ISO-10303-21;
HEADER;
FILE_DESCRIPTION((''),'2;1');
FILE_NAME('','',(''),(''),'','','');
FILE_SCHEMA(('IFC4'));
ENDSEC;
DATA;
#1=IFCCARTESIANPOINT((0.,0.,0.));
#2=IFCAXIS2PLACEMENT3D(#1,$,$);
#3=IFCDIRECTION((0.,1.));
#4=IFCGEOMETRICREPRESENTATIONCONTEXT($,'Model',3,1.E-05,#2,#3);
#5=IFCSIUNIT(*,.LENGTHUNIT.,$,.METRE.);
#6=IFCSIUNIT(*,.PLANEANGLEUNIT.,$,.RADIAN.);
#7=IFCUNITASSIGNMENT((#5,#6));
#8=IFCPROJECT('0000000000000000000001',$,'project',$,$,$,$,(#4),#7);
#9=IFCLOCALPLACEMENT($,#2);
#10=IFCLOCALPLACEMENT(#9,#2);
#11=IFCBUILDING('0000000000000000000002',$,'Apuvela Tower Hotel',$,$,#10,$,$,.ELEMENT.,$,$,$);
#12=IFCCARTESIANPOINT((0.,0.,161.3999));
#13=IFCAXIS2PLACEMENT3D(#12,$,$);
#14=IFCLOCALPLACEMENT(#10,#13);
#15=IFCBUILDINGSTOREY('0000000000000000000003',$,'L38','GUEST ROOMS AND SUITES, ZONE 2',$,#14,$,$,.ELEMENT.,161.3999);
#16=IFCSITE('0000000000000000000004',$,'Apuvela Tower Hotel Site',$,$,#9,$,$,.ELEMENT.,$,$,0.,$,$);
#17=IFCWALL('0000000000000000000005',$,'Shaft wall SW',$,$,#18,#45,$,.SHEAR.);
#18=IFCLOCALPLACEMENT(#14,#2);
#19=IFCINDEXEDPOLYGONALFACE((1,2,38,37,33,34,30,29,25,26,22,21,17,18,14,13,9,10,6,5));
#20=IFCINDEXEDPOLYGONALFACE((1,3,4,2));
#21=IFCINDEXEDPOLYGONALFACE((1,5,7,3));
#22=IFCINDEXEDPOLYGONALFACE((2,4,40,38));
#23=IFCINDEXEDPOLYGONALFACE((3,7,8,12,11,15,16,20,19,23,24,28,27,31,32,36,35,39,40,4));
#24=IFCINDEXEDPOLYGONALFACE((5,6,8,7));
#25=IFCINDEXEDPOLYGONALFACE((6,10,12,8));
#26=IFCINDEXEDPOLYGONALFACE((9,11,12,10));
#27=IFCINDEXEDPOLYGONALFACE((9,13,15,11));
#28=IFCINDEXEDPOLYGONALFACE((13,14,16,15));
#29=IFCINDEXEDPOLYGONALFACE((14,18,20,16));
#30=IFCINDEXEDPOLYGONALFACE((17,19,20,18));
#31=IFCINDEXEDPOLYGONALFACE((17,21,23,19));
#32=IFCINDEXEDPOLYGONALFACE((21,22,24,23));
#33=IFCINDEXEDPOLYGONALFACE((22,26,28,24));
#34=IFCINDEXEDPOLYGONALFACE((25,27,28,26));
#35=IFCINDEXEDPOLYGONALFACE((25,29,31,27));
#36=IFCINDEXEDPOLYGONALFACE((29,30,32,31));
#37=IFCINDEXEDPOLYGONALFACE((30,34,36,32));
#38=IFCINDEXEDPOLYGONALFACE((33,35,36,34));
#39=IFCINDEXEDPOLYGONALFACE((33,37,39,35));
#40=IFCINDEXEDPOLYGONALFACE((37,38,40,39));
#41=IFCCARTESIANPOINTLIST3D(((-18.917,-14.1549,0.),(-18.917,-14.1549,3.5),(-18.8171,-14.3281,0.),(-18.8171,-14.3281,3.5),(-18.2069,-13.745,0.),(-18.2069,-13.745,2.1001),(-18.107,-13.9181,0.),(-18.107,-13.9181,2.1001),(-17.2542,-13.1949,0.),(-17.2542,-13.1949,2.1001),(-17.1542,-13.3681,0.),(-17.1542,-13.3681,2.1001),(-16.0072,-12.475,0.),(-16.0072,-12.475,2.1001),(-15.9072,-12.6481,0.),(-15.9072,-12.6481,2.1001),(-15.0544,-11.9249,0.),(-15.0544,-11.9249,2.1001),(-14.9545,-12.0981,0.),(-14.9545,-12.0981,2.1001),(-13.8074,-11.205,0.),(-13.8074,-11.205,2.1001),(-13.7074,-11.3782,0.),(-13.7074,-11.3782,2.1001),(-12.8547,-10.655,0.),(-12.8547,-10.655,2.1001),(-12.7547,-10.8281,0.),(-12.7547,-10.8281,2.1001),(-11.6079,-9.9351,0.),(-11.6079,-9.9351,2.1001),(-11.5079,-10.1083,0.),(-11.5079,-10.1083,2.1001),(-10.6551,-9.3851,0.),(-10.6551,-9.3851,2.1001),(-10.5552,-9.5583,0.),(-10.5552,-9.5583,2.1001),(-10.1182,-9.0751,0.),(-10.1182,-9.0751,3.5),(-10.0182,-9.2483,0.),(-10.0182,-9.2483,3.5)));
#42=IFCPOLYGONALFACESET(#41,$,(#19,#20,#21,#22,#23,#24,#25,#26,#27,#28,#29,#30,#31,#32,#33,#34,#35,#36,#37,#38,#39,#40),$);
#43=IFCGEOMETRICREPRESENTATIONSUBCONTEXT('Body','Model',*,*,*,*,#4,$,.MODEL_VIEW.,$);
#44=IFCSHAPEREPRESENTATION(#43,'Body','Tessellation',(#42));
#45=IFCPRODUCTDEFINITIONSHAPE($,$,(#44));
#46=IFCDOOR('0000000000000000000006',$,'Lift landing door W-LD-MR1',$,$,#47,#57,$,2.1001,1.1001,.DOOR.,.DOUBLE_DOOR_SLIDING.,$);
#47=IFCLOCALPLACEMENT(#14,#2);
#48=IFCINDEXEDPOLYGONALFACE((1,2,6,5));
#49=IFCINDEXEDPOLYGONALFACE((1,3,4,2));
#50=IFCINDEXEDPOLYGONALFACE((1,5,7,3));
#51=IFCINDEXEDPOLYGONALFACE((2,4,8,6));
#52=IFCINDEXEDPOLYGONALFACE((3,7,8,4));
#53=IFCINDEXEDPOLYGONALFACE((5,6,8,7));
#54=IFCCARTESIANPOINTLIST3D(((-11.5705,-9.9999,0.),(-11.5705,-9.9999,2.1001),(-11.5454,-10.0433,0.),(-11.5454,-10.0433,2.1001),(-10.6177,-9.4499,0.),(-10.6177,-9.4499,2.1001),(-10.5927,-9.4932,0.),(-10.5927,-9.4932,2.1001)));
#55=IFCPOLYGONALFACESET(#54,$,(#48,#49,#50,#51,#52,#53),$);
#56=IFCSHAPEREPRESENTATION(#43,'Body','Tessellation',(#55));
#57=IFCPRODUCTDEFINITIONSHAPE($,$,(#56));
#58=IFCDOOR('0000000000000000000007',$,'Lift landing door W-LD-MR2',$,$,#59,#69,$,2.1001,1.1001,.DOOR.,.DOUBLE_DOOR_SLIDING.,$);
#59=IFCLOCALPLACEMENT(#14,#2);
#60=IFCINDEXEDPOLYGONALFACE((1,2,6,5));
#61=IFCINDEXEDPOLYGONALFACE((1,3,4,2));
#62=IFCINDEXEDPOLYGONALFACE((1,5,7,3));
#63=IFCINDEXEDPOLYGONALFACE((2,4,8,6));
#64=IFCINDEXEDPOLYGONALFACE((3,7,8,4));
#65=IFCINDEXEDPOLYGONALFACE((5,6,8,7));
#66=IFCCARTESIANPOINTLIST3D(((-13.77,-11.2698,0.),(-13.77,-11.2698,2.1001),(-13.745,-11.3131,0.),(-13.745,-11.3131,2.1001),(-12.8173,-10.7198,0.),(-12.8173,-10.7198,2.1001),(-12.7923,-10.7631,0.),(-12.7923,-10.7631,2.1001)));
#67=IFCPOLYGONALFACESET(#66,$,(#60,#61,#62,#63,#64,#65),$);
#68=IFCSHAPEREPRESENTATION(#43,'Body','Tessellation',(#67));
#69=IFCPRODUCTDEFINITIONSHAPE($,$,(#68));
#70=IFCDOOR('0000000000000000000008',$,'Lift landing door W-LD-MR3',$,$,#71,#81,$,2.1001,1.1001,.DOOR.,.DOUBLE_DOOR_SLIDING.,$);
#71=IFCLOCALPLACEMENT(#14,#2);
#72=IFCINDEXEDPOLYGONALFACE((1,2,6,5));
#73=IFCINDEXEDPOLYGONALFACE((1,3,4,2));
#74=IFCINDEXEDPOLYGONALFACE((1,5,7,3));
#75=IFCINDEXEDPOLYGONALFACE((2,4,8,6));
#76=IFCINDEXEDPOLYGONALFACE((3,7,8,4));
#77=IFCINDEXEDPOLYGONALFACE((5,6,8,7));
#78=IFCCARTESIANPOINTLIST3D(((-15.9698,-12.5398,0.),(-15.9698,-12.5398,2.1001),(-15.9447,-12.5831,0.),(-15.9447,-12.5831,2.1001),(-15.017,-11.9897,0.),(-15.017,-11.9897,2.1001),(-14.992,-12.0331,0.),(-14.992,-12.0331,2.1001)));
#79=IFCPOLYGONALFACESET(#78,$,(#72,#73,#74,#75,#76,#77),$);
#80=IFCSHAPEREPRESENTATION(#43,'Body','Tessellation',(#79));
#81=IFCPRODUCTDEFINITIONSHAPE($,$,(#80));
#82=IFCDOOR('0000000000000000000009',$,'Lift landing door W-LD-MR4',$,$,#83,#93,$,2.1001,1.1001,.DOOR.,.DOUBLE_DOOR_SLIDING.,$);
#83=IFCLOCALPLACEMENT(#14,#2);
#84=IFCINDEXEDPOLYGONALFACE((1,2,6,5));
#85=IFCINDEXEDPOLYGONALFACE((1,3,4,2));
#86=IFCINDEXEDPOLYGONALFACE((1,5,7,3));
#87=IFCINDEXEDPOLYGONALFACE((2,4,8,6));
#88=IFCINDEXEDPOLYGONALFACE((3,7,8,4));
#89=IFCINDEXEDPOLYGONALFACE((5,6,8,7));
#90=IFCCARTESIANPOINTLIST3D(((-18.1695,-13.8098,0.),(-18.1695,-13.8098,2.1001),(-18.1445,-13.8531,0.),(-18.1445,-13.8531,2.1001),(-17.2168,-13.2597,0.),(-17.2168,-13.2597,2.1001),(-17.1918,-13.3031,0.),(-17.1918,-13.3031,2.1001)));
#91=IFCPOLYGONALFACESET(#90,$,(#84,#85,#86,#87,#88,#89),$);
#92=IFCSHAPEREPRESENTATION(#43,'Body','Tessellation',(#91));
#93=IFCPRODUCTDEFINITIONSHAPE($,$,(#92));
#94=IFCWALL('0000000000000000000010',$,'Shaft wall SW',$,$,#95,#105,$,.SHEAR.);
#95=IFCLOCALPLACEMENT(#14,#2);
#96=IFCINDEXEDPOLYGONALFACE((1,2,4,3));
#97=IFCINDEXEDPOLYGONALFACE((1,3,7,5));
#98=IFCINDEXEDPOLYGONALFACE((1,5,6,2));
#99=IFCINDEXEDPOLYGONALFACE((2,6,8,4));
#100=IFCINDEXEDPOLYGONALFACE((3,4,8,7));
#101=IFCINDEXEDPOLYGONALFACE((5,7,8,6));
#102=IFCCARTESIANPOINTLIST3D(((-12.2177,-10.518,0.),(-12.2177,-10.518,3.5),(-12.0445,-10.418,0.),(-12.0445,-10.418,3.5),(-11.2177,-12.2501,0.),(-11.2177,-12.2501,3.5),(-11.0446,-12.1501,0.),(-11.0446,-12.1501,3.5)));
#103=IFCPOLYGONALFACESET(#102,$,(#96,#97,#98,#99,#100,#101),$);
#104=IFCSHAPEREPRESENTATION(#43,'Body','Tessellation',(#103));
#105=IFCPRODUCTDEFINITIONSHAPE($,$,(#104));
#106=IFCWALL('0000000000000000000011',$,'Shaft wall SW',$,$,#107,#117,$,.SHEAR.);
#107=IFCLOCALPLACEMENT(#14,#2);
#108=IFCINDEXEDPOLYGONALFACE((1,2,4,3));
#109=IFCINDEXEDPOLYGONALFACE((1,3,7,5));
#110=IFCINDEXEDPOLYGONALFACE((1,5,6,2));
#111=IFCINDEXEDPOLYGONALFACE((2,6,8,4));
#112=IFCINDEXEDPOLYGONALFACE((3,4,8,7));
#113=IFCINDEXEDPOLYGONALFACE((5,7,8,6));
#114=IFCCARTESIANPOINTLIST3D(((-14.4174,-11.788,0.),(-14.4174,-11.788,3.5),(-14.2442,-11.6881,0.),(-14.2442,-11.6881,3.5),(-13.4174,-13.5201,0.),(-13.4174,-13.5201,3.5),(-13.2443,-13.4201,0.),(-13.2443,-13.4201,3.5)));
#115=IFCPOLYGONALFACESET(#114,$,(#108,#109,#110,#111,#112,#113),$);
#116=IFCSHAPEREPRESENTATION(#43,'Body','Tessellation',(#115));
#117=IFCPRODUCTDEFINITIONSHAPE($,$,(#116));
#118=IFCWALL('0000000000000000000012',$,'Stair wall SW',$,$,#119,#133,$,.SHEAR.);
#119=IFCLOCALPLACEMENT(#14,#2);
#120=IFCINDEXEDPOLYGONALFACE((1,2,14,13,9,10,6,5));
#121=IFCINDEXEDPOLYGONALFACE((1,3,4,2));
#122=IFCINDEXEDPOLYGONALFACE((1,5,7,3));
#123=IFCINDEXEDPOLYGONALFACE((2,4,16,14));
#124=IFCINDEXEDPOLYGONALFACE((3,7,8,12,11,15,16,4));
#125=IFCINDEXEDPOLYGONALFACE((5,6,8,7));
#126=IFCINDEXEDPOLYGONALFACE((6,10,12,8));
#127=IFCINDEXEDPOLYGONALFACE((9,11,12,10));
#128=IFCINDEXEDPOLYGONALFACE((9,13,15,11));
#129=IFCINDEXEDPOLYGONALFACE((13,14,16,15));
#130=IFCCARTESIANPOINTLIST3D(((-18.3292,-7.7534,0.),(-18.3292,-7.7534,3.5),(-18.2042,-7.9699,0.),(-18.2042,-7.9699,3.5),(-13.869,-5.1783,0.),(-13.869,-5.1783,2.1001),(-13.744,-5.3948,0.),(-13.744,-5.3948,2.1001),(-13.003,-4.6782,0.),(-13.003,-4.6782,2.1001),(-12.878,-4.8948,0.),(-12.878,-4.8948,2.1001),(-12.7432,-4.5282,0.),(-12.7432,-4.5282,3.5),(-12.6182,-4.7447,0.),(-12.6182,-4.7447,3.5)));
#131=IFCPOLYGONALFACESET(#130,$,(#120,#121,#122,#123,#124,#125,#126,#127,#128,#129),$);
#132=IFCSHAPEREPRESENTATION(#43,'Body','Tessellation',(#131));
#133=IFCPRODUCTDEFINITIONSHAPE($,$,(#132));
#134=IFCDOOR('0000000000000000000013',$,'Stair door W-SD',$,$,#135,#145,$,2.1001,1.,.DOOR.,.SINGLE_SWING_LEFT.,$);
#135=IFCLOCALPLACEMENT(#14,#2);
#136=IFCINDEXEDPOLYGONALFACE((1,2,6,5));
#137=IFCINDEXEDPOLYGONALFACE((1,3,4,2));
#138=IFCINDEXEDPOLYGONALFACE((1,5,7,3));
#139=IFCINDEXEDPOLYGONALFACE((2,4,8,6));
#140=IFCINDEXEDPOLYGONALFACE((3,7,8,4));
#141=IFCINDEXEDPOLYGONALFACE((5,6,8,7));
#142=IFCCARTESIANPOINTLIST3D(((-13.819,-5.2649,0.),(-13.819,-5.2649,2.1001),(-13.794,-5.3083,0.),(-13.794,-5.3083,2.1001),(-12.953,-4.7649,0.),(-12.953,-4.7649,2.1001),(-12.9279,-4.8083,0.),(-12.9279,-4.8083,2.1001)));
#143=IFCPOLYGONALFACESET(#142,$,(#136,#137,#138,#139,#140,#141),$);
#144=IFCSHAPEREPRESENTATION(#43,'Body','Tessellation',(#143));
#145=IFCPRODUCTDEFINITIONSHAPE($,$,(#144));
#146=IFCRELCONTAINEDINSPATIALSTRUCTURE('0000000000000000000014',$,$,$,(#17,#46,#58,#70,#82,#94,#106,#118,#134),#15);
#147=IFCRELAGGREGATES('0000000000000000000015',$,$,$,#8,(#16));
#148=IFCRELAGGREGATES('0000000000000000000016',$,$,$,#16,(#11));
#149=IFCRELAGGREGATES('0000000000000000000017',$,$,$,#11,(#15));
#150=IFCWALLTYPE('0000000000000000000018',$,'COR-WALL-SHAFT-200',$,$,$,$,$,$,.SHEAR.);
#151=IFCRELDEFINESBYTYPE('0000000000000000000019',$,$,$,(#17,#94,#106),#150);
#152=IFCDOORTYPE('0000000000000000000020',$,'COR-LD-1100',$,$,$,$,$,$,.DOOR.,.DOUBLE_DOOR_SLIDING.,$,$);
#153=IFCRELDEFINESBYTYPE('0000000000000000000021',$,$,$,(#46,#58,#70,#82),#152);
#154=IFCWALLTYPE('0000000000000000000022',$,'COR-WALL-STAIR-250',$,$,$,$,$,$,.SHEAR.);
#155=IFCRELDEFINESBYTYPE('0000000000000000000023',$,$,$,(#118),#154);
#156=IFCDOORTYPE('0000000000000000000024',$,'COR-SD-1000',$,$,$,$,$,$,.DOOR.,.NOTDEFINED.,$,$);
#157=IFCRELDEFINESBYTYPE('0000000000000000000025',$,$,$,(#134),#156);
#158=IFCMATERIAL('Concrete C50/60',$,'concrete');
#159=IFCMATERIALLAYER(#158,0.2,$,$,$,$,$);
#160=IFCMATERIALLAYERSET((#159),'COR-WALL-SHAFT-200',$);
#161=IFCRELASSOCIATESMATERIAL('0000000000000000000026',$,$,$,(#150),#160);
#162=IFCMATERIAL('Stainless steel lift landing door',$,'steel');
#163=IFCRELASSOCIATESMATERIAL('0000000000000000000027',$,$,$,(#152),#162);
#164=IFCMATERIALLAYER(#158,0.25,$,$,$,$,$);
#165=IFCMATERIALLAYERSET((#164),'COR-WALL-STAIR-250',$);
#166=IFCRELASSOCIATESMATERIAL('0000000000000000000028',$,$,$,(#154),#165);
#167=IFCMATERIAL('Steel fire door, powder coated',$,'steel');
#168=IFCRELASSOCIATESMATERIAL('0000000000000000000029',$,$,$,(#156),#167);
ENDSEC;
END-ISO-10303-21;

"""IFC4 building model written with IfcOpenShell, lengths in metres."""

from ifc_helpers import new_model, si_unit, direction, frame, frame_2d, origin, place, context, subcontext, project, spatial, rectangle, extrude, material, layer, layer_set, type_object, element, fill, save


model = new_model("IFC4")

# Units and contexts
model_context = context("Model", 3, precision=1e-05, world=origin(), true_north=direction((0.0, 1.0)))
body_context = subcontext(model_context, "Body", "Model", "MODEL_VIEW")
ifc_project = project(units=[si_unit("LENGTHUNIT", "METRE"), si_unit("PLANEANGLEUNIT", "RADIAN")], contexts=[model_context])

# Site, building, storey
site_placement = place(None, origin())
site = spatial("IfcSite", under=ifc_project, at=site_placement, Name="Apuvela Tower Hotel Site", CompositionType="ELEMENT", RefElevation=0.0)
building_placement = place(site_placement, origin())
building = spatial("IfcBuilding", under=site, at=building_placement, Name="Apuvela Tower Hotel", CompositionType="ELEMENT")
storey_placement = place(building_placement, frame((0.0, 0.0, 161.3999)))
storey = spatial("IfcBuildingStorey", under=building, at=storey_placement, Name="L38", Description="GUEST ROOMS AND SUITES, ZONE 2", CompositionType="ELEMENT", Elevation=161.3999)

# Shared definitions
ifc_material_1 = material(Name="Concrete C50/60", Category="concrete")

# Shared definitions
ifc_layer_1 = layer(ifc_material_1, 0.2)
ifc_layer_set_1 = layer_set([ifc_layer_1], Name="COR-WALL-SHAFT-200")
wall_type_1 = type_object("IfcWallType", Name="COR-WALL-SHAFT-200", PredefinedType="SHEAR", material=ifc_layer_set_1)
ifc_material_2 = material(Name="Stainless steel lift landing door", Category="steel")

# Wall, openings, doors
wall_1_placement = place(storey_placement, frame((-10.0681, -9.1616, 0.0), z_axis=(0.0, 0.0, 1.0), x_axis=(-0.866033, -0.499987, 0.0)))
wall_1 = element("IfcWall", 1, at=wall_1_placement, inside=storey, type_object=wall_type_1, Name="Shaft wall SW", PredefinedType="SHEAR", context=body_context, shape_type="SweptSolid", body=[
    extrude(rectangle(XDim=10.1599, YDim=0.2, at=frame_2d((5.0801, 0.0))), origin(), (0.0, 0.0, 1.0), 3.5),
])
opening_1_placement = place(wall_1_placement, frame((0.6201, 0.0, 0.0)))
opening_1 = element("IfcOpeningElement", 2, at=opening_1_placement, cuts=wall_1, PredefinedType="OPENING", context=body_context, shape_type="SweptSolid", body=[
    extrude(rectangle(XDim=1.1001, YDim=2.1001, at=frame_2d((0.55, 1.05))), frame((0.0, 0.1099, 0.0), z_axis=(0.0, -1.0, 0.0), x_axis=(1.0, 0.0, 0.0)), (0.0, 0.0, 1.0), 0.22),
])
opening_2_placement = place(wall_1_placement, frame((3.1599, 0.0, 0.0)))
opening_2 = element("IfcOpeningElement", 3, at=opening_2_placement, cuts=wall_1, PredefinedType="OPENING", context=body_context, shape_type="SweptSolid", body=[
    extrude(rectangle(XDim=1.1001, YDim=2.1001, at=frame_2d((0.55, 1.05))), frame((0.0, 0.1099, 0.0), z_axis=(0.0, -1.0, 0.0), x_axis=(1.0, 0.0, 0.0)), (0.0, 0.0, 1.0), 0.22),
])
opening_3_placement = place(wall_1_placement, frame((5.7, 0.0, 0.0)))
opening_3 = element("IfcOpeningElement", 4, at=opening_3_placement, cuts=wall_1, PredefinedType="OPENING", context=body_context, shape_type="SweptSolid", body=[
    extrude(rectangle(XDim=1.1001, YDim=2.1001, at=frame_2d((0.55, 1.05))), frame((0.0, 0.1099, 0.0), z_axis=(0.0, -1.0, 0.0), x_axis=(1.0, 0.0, 0.0)), (0.0, 0.0, 1.0), 0.22),
])
opening_4_placement = place(wall_1_placement, frame((8.24, 0.0, 0.0)))
opening_4 = element("IfcOpeningElement", 5, at=opening_4_placement, cuts=wall_1, PredefinedType="OPENING", context=body_context, shape_type="SweptSolid", body=[
    extrude(rectangle(XDim=1.1001, YDim=2.1001, at=frame_2d((0.55, 1.05))), frame((0.0, 0.1099, 0.0), z_axis=(0.0, -1.0, 0.0), x_axis=(1.0, 0.0, 0.0)), (0.0, 0.0, 1.0), 0.22),
])
door_type_1 = type_object("IfcDoorType", Name="COR-LD-1100", OperationType="DOUBLE_DOOR_SLIDING", PredefinedType="DOOR", material=ifc_material_2)
door_1_placement = place(opening_1_placement, origin())
door_1 = element("IfcDoor", 6, at=door_1_placement, inside=storey, type_object=door_type_1, Name="Lift landing door W-LD-MR1", OperationType="DOUBLE_DOOR_SLIDING", OverallHeight=2.1001, OverallWidth=1.1001, PredefinedType="DOOR", context=body_context, shape_type="SweptSolid", body=[
    extrude(rectangle(XDim=1.1001, YDim=2.1001, at=frame_2d((0.55, 1.05))), frame((0.0, 0.0249, 0.0), z_axis=(0.0, -1.0, 0.0), x_axis=(1.0, 0.0, 0.0)), (0.0, 0.0, 1.0), 0.05),
])
fill(opening_1, door_1)
door_2_placement = place(opening_2_placement, origin())
door_2 = element("IfcDoor", 7, at=door_2_placement, inside=storey, type_object=door_type_1, Name="Lift landing door W-LD-MR2", OperationType="DOUBLE_DOOR_SLIDING", OverallHeight=2.1001, OverallWidth=1.1001, PredefinedType="DOOR", context=body_context, shape_type="SweptSolid", body=[
    extrude(rectangle(XDim=1.1001, YDim=2.1001, at=frame_2d((0.55, 1.05))), frame((0.0, 0.0249, 0.0), z_axis=(0.0, -1.0, 0.0), x_axis=(1.0, 0.0, 0.0)), (0.0, 0.0, 1.0), 0.05),
])
fill(opening_2, door_2)
door_3_placement = place(opening_3_placement, origin())
door_3 = element("IfcDoor", 8, at=door_3_placement, inside=storey, type_object=door_type_1, Name="Lift landing door W-LD-MR3", OperationType="DOUBLE_DOOR_SLIDING", OverallHeight=2.1001, OverallWidth=1.1001, PredefinedType="DOOR", context=body_context, shape_type="SweptSolid", body=[
    extrude(rectangle(XDim=1.1001, YDim=2.1001, at=frame_2d((0.55, 1.05))), frame((0.0, 0.0249, 0.0), z_axis=(0.0, -1.0, 0.0), x_axis=(1.0, 0.0, 0.0)), (0.0, 0.0, 1.0), 0.05),
])
fill(opening_3, door_3)
door_4_placement = place(opening_4_placement, origin())
door_4 = element("IfcDoor", 9, at=door_4_placement, inside=storey, type_object=door_type_1, Name="Lift landing door W-LD-MR4", OperationType="DOUBLE_DOOR_SLIDING", OverallHeight=2.1001, OverallWidth=1.1001, PredefinedType="DOOR", context=body_context, shape_type="SweptSolid", body=[
    extrude(rectangle(XDim=1.1001, YDim=2.1001, at=frame_2d((0.55, 1.05))), frame((0.0, 0.0249, 0.0), z_axis=(0.0, -1.0, 0.0), x_axis=(1.0, 0.0, 0.0)), (0.0, 0.0, 1.0), 0.05),
])
fill(opening_4, door_4)

# Walls
for number, where, z_axis, x_axis, name in (
    (10, (-12.1311, -10.468, 0.0), (0.0, 0.0, 1.0), (0.499973, -0.866041, 0.0), "Shaft wall SW"),
    (11, (-14.3308, -11.738, 0.0), (0.0, 0.0, 1.0), (0.499973, -0.866041, 0.0), "Shaft wall SW"),
):
    element("IfcWall", number, at=place(storey_placement, frame(where, z_axis=z_axis, x_axis=x_axis)), inside=storey, type_object=wall_type_1, Name=name, PredefinedType="SHEAR", context=body_context, shape_type="SweptSolid", body=[
        extrude(rectangle(XDim=2.0, YDim=0.2, at=frame_2d((1.0, 0.0))), origin(), (0.0, 0.0, 1.0), 3.5),
    ])

# Wall, opening, door
ifc_layer_2 = layer(ifc_material_1, 0.25)
ifc_layer_set_2 = layer_set([ifc_layer_2], Name="COR-WALL-STAIR-250")
wall_type_2 = type_object("IfcWallType", Name="COR-WALL-STAIR-250", PredefinedType="SHEAR", material=ifc_layer_set_2)
wall_2_placement = place(storey_placement, frame((-12.6807, -4.6365, 0.0), z_axis=(0.0, 0.0, 1.0), x_axis=(-0.866022, -0.500006, 0.0)))
wall_2 = element("IfcWall", 12, at=wall_2_placement, inside=storey, type_object=wall_type_2, Name="Stair wall SW", PredefinedType="SHEAR", context=body_context, shape_type="SweptSolid", body=[
    extrude(rectangle(XDim=6.4502, YDim=0.25, at=frame_2d((3.2251, 0.0))), origin(), (0.0, 0.0, 1.0), 3.5),
])
opening_5_placement = place(wall_2_placement, frame((0.3, 0.0, 0.0)))
opening_5 = element("IfcOpeningElement", 13, at=opening_5_placement, cuts=wall_2, PredefinedType="OPENING", context=body_context, shape_type="SweptSolid", body=[
    extrude(rectangle(XDim=1.0, YDim=2.1001, at=frame_2d((0.5, 1.05))), frame((0.0, 0.135, 0.0), z_axis=(0.0, -1.0, 0.0), x_axis=(1.0, 0.0, 0.0)), (0.0, 0.0, 1.0), 0.27),
])
ifc_material_3 = material(Name="Steel fire door, powder coated", Category="steel")
door_type_2 = type_object("IfcDoorType", Name="COR-SD-1000", OperationType="NOTDEFINED", PredefinedType="DOOR", material=ifc_material_3)
door_5_placement = place(opening_5_placement, frame((1.0, 0.0, 0.0), z_axis=(0.0, 0.0, 1.0), x_axis=(-1.0, 0.0, 0.0)))
door_5 = element("IfcDoor", 14, at=door_5_placement, inside=storey, type_object=door_type_2, Name="Stair door W-SD", OperationType="SINGLE_SWING_LEFT", OverallHeight=2.1001, OverallWidth=1.0, PredefinedType="DOOR", context=body_context, shape_type="SweptSolid", body=[
    extrude(rectangle(XDim=1.0, YDim=2.1001, at=frame_2d((0.5, 1.05))), frame((0.0, 0.0249, 0.0), z_axis=(0.0, -1.0, 0.0), x_axis=(1.0, 0.0, 0.0)), (0.0, 0.0, 1.0), 0.05),
])
fill(opening_5, door_5)

save(model, "model.ifc")
